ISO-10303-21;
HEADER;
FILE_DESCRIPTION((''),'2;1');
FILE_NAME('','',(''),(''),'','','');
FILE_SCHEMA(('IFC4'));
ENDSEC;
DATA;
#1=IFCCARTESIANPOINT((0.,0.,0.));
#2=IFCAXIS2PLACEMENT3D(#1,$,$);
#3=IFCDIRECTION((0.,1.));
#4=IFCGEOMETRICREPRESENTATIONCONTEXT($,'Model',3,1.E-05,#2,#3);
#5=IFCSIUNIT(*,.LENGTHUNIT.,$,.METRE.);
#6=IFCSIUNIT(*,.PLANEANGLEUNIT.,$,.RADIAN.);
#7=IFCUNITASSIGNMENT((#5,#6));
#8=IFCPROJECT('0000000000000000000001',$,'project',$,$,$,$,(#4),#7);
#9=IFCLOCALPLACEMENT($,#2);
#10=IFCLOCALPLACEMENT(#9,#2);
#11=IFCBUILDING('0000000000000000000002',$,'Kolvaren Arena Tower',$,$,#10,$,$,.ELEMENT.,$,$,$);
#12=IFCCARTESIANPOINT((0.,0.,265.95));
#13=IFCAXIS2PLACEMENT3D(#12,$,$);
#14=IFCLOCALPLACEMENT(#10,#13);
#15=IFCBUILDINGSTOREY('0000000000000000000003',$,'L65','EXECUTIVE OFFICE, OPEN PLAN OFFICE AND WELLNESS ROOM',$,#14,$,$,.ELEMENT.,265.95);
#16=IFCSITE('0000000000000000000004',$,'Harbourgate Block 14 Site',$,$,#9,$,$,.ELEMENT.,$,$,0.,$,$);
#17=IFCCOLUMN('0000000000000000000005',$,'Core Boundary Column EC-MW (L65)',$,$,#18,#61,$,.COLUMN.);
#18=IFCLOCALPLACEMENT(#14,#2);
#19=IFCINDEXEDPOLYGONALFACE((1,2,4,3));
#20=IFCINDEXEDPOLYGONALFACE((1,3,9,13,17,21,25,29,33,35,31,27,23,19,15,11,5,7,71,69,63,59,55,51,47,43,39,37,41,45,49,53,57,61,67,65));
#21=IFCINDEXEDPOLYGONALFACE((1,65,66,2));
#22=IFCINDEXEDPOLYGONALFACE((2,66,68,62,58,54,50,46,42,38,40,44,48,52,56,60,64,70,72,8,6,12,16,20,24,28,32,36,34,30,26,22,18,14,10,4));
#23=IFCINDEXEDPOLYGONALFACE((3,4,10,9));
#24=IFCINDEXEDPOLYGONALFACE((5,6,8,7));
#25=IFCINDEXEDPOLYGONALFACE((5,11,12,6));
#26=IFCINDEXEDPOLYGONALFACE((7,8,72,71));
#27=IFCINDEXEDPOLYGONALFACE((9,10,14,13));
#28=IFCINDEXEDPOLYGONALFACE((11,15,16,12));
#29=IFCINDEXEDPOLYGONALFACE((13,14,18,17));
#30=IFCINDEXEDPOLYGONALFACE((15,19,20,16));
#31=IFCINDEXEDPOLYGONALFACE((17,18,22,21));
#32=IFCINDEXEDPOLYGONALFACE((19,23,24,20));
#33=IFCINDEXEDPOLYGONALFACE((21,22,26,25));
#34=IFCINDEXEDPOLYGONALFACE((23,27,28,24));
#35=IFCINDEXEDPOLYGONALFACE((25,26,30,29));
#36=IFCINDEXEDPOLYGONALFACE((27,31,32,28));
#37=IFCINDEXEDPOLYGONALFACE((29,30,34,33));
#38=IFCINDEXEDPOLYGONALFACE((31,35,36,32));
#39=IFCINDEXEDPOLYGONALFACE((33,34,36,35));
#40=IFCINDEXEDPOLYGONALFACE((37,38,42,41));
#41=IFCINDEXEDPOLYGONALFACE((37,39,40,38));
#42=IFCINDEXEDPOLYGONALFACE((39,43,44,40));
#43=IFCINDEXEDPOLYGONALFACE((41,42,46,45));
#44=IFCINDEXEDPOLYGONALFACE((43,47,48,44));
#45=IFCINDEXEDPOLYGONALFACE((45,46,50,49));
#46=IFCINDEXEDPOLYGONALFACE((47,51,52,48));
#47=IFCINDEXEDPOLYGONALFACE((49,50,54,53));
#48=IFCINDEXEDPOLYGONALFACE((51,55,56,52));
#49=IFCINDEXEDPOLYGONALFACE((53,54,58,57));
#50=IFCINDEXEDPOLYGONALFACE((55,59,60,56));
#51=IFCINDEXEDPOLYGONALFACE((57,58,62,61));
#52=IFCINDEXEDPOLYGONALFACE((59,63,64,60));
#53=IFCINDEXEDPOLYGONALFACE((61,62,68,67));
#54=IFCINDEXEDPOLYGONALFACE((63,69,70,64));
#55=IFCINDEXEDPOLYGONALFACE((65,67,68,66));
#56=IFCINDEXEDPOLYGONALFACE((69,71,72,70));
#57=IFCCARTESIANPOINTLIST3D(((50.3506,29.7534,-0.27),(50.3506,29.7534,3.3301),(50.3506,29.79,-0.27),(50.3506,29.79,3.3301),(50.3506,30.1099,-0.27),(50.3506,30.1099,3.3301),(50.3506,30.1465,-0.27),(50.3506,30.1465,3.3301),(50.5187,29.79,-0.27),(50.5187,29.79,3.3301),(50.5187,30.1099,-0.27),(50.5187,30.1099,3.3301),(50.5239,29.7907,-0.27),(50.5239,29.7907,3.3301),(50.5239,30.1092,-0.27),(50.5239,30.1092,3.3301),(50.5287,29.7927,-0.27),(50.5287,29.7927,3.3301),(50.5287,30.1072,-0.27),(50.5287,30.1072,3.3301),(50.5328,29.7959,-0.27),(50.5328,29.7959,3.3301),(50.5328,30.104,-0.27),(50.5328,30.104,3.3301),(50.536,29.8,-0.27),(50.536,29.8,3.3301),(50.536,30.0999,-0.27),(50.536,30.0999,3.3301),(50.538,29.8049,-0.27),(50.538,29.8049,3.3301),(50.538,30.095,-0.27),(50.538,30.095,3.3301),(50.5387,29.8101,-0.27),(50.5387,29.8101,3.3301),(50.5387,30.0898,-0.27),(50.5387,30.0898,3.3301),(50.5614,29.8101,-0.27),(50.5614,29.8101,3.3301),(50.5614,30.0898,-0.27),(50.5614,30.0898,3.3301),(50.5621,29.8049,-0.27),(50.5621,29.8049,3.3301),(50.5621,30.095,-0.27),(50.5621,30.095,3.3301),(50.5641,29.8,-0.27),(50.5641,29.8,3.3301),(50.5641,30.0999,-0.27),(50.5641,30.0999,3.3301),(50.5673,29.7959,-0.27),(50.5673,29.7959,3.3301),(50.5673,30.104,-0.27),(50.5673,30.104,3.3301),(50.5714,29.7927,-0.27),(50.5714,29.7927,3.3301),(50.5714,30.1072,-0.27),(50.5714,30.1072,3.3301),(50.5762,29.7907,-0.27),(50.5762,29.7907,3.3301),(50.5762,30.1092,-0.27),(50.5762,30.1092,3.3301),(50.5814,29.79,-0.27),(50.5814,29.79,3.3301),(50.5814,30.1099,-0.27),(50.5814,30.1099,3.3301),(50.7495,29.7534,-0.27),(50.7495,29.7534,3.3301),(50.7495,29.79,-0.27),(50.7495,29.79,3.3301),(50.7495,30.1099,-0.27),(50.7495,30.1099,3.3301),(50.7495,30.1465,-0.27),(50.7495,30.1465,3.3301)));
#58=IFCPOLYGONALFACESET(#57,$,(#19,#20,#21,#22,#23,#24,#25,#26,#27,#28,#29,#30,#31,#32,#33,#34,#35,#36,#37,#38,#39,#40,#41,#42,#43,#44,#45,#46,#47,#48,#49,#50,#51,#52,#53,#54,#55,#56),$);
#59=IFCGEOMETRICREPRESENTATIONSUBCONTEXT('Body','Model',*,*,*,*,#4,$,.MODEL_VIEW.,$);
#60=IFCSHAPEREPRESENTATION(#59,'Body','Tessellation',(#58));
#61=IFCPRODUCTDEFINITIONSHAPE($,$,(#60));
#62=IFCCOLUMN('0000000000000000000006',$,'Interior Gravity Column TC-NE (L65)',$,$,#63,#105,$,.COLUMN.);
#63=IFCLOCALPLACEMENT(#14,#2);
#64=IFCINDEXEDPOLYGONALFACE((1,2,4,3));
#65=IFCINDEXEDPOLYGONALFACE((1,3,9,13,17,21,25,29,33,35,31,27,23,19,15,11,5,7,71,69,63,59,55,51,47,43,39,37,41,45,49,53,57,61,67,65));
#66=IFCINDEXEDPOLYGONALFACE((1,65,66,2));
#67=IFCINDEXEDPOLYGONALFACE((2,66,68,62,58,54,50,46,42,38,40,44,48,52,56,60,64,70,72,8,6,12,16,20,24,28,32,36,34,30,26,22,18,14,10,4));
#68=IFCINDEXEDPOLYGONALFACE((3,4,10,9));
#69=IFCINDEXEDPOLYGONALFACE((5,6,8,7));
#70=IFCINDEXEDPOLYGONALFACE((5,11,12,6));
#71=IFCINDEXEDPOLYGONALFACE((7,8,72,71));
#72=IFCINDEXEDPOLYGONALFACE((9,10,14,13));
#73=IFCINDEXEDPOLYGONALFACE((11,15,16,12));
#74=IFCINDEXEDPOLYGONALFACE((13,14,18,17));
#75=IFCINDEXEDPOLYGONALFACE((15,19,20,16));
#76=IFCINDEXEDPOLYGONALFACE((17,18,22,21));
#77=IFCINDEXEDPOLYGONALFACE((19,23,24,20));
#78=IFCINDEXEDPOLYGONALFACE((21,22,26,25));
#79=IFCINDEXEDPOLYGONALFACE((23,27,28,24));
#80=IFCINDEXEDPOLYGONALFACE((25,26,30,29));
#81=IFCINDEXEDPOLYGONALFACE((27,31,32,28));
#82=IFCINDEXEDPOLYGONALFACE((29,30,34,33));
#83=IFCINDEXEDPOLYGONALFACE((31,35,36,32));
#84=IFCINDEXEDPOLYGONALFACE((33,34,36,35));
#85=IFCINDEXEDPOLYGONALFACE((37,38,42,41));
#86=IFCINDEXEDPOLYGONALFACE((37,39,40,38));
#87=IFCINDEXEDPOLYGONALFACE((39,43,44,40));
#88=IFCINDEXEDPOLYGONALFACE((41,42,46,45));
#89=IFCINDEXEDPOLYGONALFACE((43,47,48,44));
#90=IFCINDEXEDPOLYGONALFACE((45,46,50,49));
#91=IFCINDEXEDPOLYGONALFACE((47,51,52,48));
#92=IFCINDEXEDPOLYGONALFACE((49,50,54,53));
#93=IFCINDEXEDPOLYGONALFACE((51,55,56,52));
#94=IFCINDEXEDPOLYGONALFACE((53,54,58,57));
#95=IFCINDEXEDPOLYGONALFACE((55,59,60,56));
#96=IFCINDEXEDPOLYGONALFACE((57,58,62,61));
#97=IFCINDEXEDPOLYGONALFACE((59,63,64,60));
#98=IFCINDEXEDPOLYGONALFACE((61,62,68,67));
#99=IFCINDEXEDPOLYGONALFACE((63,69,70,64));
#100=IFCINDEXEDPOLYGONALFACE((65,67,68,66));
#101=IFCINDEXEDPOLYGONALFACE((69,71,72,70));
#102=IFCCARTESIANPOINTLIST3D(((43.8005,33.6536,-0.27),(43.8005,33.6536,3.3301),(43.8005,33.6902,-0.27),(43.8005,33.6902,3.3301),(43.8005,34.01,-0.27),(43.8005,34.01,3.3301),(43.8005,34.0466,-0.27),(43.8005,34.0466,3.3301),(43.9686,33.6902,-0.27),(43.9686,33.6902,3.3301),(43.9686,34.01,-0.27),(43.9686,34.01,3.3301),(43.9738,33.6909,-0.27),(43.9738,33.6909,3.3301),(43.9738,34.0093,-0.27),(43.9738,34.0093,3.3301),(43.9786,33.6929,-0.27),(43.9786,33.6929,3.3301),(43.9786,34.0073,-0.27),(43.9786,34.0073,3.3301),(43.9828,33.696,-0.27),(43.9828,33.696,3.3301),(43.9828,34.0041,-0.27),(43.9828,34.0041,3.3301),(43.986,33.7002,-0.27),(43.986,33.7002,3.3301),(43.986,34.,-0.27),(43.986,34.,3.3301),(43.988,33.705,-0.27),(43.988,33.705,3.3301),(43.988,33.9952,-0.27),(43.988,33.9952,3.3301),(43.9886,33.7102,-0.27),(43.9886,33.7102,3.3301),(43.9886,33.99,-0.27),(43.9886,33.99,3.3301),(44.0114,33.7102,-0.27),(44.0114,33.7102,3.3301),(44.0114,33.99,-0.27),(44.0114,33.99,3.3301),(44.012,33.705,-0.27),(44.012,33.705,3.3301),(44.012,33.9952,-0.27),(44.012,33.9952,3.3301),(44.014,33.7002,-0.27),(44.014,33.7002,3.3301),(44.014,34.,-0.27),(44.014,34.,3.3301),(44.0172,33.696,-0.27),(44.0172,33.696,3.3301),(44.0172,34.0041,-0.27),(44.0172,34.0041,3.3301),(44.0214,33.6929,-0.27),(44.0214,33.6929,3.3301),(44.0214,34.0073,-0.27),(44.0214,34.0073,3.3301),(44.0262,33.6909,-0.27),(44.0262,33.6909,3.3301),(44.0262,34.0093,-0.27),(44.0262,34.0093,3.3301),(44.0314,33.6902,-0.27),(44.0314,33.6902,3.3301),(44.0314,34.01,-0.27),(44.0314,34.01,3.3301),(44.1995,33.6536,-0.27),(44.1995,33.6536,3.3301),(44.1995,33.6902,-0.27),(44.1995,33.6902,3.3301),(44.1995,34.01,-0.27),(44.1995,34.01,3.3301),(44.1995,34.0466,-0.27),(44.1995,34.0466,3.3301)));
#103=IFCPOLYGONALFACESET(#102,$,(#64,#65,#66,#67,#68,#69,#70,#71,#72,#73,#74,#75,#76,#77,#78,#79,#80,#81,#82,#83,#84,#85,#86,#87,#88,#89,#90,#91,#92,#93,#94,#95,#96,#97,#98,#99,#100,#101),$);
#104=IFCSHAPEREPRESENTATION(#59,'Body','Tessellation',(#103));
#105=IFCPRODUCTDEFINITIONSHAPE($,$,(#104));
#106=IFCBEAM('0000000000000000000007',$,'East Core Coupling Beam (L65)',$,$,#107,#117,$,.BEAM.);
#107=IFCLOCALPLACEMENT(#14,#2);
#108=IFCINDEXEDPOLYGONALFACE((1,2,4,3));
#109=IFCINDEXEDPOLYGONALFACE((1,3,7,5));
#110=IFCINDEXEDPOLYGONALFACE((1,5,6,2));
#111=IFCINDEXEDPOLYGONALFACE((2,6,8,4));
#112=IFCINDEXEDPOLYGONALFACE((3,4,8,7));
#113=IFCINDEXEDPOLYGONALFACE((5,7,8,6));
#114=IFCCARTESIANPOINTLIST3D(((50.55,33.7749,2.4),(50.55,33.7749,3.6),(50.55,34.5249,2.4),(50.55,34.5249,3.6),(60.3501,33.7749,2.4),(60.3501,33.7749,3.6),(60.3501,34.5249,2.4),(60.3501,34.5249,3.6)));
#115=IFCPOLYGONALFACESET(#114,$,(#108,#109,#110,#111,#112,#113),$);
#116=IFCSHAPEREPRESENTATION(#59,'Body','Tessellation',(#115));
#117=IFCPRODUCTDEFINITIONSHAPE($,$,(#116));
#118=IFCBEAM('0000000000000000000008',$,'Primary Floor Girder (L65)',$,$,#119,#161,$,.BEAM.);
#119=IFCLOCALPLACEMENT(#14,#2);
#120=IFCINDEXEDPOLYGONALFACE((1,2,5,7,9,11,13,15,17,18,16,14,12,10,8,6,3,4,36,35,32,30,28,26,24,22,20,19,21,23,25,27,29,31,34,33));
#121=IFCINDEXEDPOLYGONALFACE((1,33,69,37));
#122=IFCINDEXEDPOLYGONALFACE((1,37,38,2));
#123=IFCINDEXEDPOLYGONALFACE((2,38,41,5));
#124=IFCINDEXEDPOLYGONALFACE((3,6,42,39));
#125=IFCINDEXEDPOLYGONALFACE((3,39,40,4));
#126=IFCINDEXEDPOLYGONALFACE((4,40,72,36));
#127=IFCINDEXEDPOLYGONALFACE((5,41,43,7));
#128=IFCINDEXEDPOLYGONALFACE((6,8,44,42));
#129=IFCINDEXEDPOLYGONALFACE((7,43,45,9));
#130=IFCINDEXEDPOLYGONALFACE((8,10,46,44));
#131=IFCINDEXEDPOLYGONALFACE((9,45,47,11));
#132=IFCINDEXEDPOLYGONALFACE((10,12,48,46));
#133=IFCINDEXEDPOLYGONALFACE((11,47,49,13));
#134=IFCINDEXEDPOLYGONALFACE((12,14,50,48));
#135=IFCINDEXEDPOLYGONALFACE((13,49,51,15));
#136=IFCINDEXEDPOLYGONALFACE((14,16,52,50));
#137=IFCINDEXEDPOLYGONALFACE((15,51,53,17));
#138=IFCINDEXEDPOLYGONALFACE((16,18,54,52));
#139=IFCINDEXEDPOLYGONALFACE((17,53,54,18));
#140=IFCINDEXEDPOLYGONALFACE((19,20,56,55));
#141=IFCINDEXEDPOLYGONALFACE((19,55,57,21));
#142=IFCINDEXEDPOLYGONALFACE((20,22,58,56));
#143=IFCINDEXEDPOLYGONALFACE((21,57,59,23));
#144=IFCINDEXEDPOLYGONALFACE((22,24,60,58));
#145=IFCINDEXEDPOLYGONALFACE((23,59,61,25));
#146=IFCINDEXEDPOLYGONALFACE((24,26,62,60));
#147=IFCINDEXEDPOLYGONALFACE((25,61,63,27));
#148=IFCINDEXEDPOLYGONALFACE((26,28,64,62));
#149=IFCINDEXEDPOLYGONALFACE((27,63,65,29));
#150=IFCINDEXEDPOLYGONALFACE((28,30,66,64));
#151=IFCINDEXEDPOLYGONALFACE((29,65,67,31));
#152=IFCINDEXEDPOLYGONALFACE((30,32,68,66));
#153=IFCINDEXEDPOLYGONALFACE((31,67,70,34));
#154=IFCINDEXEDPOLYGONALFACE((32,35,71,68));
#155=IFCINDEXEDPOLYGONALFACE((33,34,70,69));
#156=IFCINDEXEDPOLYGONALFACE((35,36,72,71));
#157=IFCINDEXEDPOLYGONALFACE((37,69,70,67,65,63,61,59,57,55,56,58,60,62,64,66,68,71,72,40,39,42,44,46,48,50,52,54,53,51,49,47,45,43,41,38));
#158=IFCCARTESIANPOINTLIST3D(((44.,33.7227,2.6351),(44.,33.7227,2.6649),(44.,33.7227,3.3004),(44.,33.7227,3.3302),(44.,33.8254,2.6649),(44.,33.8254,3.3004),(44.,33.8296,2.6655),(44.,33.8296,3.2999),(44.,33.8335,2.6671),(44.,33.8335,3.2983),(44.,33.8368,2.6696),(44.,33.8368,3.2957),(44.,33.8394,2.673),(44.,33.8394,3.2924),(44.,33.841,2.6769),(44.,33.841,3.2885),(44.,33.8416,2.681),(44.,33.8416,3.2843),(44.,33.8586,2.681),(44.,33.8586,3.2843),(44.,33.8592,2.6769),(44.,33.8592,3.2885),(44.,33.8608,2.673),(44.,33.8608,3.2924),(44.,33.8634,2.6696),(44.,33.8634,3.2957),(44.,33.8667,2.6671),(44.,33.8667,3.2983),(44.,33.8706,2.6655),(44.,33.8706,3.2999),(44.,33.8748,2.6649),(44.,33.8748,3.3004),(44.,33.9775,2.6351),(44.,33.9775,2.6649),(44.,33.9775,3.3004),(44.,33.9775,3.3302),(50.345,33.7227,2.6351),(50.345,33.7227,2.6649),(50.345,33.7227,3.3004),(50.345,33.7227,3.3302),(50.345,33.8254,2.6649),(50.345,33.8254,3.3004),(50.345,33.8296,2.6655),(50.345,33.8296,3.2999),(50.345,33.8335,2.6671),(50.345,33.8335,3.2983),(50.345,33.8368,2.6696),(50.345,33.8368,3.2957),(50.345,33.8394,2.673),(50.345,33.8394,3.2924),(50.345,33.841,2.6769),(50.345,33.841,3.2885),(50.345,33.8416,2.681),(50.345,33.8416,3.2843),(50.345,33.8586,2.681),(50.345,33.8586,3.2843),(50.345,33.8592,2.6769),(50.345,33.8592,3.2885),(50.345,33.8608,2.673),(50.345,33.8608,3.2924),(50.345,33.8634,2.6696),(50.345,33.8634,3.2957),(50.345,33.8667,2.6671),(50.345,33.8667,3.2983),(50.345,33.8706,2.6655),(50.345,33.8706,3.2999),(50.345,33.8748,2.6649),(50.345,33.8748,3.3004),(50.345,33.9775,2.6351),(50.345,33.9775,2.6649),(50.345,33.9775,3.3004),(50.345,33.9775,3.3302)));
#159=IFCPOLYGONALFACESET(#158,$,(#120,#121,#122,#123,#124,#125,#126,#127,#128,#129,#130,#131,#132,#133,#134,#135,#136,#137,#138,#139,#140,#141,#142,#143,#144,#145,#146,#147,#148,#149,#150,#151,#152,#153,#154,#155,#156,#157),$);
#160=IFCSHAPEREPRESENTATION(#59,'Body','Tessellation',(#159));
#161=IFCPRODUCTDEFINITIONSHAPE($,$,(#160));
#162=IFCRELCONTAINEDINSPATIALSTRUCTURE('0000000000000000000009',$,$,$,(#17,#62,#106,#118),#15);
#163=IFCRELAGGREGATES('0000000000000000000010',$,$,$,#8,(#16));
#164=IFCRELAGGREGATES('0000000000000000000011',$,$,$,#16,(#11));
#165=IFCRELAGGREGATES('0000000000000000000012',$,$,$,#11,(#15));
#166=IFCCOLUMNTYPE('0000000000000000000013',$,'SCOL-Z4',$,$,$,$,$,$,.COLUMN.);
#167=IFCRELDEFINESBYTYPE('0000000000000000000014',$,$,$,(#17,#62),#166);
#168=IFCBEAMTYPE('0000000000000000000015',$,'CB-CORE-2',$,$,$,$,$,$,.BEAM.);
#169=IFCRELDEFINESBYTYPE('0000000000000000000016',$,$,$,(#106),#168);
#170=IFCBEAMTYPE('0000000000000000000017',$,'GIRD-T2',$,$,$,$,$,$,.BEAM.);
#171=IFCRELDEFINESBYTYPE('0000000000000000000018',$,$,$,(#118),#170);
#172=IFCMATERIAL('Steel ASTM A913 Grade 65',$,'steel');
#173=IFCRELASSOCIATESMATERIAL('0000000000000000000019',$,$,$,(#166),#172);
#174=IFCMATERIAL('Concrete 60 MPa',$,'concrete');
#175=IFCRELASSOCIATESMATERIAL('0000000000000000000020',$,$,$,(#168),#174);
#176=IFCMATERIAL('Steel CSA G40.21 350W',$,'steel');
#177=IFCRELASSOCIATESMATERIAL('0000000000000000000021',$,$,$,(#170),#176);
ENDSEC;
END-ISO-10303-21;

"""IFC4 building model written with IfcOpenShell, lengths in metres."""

from ifc_helpers import new_model, si_unit, direction, frame, origin, origin_2d, place, context, subcontext, project, spatial, rectangle, i_section, extrude, material, material_profile, profile_set, type_object, element, save


model = new_model("IFC4")

# Units and contexts
model_context = context("Model", 3, precision=1e-05, world=origin(), true_north=direction((0.0, 1.0)))
body_context = subcontext(model_context, "Body", "Model", "MODEL_VIEW")
ifc_project = project(units=[si_unit("LENGTHUNIT", "METRE"), si_unit("PLANEANGLEUNIT", "RADIAN")], contexts=[model_context])

# Site, building, storey
site_placement = place(None, origin())
site = spatial("IfcSite", under=ifc_project, at=site_placement, Name="Harbourgate Block 14 Site", CompositionType="ELEMENT", RefElevation=0.0)
building_placement = place(site_placement, origin())
building = spatial("IfcBuilding", under=site, at=building_placement, Name="Kolvaren Arena Tower", CompositionType="ELEMENT")
storey_placement = place(building_placement, frame((0.0, 0.0, 265.95)))
storey = spatial("IfcBuildingStorey", under=building, at=storey_placement, Name="L65", Description="EXECUTIVE OFFICE, OPEN PLAN OFFICE AND WELLNESS ROOM", CompositionType="ELEMENT", Elevation=265.95)

# Columns
ifc_material_1 = material(Name="Steel ASTM A913 Grade 65", Category="steel")
ifc_material_profile_1 = material_profile(ifc_material_1, i_section(OverallWidth=0.3989, OverallDepth=0.3931, WebThickness=0.0227, FlangeThickness=0.0366, FilletRadius=0.02, at=origin_2d()), Name="W360x287")
ifc_profile_set_1 = profile_set([ifc_material_profile_1], Name="Steel ASTM A913 Grade 65")
column_type = type_object("IfcColumnType", Name="SCOL-Z4", PredefinedType="COLUMN", material=ifc_profile_set_1)
for number, where, z_axis, x_axis, name in (
    (1, (50.55, 29.95, -0.27), (0.0, 0.0, 1.0), (1.0, 0.0, 0.0), "Core Boundary Column EC-MW (L65)"),
    (2, (44.0, 33.8501, -0.27), (0.0, 0.0, 1.0), (1.0, 0.0, 0.0), "Interior Gravity Column TC-NE (L65)"),
):
    element("IfcColumn", number, at=place(storey_placement, frame(where, z_axis=z_axis, x_axis=x_axis)), inside=storey, type_object=column_type, Name=name, PredefinedType="COLUMN", context=body_context, shape_type="SweptSolid", body=[
        extrude(i_section(OverallWidth=0.3989, OverallDepth=0.3931, WebThickness=0.0227, FlangeThickness=0.0366, FilletRadius=0.02, at=origin_2d()), origin(), (0.0, 0.0, 1.0), 3.6001),
    ])

# Beams
ifc_material_2 = material(Name="Concrete 60 MPa", Category="concrete")
ifc_material_profile_2 = material_profile(ifc_material_2, rectangle(XDim=0.75, YDim=1.2, at=origin_2d()), Name="RC-750x1200")
ifc_profile_set_2 = profile_set([ifc_material_profile_2], Name="Concrete 60 MPa")
beam_type_1 = type_object("IfcBeamType", Name="CB-CORE-2", PredefinedType="BEAM", material=ifc_profile_set_2)
beam_1_placement = place(storey_placement, frame((50.55, 34.1499, 3.0), z_axis=(1.0, 0.0, 0.0), x_axis=(0.0, 1.0, 0.0)))
element("IfcBeam", 3, at=beam_1_placement, inside=storey, type_object=beam_type_1, Name="East Core Coupling Beam (L65)", PredefinedType="BEAM", context=body_context, shape_type="SweptSolid", body=[
    extrude(rectangle(XDim=0.75, YDim=1.2, at=origin_2d()), origin(), (0.0, 0.0, 1.0), 9.8),
])
ifc_material_3 = material(Name="Steel CSA G40.21 350W", Category="steel")
ifc_material_profile_3 = material_profile(ifc_material_3, i_section(OverallWidth=0.2549, OverallDepth=0.6951, WebThickness=0.0171, FlangeThickness=0.0298, FilletRadius=0.0161, at=origin_2d()), Name="W690x217")
ifc_profile_set_3 = profile_set([ifc_material_profile_3], Name="Steel CSA G40.21 350W")
beam_type_2 = type_object("IfcBeamType", Name="GIRD-T2", PredefinedType="BEAM", material=ifc_profile_set_3)
beam_2_placement = place(storey_placement, frame((44.0, 33.8501, 2.9827), z_axis=(1.0, 0.0, 0.0), x_axis=(0.0, 1.0, 0.0)))
element("IfcBeam", 4, at=beam_2_placement, inside=storey, type_object=beam_type_2, Name="Primary Floor Girder (L65)", PredefinedType="BEAM", context=body_context, shape_type="SweptSolid", body=[
    extrude(i_section(OverallWidth=0.2549, OverallDepth=0.6951, WebThickness=0.0171, FlangeThickness=0.0298, FilletRadius=0.0161, at=origin_2d()), origin(), (0.0, 0.0, 1.0), 6.345),
])

save(model, "model.ifc")
